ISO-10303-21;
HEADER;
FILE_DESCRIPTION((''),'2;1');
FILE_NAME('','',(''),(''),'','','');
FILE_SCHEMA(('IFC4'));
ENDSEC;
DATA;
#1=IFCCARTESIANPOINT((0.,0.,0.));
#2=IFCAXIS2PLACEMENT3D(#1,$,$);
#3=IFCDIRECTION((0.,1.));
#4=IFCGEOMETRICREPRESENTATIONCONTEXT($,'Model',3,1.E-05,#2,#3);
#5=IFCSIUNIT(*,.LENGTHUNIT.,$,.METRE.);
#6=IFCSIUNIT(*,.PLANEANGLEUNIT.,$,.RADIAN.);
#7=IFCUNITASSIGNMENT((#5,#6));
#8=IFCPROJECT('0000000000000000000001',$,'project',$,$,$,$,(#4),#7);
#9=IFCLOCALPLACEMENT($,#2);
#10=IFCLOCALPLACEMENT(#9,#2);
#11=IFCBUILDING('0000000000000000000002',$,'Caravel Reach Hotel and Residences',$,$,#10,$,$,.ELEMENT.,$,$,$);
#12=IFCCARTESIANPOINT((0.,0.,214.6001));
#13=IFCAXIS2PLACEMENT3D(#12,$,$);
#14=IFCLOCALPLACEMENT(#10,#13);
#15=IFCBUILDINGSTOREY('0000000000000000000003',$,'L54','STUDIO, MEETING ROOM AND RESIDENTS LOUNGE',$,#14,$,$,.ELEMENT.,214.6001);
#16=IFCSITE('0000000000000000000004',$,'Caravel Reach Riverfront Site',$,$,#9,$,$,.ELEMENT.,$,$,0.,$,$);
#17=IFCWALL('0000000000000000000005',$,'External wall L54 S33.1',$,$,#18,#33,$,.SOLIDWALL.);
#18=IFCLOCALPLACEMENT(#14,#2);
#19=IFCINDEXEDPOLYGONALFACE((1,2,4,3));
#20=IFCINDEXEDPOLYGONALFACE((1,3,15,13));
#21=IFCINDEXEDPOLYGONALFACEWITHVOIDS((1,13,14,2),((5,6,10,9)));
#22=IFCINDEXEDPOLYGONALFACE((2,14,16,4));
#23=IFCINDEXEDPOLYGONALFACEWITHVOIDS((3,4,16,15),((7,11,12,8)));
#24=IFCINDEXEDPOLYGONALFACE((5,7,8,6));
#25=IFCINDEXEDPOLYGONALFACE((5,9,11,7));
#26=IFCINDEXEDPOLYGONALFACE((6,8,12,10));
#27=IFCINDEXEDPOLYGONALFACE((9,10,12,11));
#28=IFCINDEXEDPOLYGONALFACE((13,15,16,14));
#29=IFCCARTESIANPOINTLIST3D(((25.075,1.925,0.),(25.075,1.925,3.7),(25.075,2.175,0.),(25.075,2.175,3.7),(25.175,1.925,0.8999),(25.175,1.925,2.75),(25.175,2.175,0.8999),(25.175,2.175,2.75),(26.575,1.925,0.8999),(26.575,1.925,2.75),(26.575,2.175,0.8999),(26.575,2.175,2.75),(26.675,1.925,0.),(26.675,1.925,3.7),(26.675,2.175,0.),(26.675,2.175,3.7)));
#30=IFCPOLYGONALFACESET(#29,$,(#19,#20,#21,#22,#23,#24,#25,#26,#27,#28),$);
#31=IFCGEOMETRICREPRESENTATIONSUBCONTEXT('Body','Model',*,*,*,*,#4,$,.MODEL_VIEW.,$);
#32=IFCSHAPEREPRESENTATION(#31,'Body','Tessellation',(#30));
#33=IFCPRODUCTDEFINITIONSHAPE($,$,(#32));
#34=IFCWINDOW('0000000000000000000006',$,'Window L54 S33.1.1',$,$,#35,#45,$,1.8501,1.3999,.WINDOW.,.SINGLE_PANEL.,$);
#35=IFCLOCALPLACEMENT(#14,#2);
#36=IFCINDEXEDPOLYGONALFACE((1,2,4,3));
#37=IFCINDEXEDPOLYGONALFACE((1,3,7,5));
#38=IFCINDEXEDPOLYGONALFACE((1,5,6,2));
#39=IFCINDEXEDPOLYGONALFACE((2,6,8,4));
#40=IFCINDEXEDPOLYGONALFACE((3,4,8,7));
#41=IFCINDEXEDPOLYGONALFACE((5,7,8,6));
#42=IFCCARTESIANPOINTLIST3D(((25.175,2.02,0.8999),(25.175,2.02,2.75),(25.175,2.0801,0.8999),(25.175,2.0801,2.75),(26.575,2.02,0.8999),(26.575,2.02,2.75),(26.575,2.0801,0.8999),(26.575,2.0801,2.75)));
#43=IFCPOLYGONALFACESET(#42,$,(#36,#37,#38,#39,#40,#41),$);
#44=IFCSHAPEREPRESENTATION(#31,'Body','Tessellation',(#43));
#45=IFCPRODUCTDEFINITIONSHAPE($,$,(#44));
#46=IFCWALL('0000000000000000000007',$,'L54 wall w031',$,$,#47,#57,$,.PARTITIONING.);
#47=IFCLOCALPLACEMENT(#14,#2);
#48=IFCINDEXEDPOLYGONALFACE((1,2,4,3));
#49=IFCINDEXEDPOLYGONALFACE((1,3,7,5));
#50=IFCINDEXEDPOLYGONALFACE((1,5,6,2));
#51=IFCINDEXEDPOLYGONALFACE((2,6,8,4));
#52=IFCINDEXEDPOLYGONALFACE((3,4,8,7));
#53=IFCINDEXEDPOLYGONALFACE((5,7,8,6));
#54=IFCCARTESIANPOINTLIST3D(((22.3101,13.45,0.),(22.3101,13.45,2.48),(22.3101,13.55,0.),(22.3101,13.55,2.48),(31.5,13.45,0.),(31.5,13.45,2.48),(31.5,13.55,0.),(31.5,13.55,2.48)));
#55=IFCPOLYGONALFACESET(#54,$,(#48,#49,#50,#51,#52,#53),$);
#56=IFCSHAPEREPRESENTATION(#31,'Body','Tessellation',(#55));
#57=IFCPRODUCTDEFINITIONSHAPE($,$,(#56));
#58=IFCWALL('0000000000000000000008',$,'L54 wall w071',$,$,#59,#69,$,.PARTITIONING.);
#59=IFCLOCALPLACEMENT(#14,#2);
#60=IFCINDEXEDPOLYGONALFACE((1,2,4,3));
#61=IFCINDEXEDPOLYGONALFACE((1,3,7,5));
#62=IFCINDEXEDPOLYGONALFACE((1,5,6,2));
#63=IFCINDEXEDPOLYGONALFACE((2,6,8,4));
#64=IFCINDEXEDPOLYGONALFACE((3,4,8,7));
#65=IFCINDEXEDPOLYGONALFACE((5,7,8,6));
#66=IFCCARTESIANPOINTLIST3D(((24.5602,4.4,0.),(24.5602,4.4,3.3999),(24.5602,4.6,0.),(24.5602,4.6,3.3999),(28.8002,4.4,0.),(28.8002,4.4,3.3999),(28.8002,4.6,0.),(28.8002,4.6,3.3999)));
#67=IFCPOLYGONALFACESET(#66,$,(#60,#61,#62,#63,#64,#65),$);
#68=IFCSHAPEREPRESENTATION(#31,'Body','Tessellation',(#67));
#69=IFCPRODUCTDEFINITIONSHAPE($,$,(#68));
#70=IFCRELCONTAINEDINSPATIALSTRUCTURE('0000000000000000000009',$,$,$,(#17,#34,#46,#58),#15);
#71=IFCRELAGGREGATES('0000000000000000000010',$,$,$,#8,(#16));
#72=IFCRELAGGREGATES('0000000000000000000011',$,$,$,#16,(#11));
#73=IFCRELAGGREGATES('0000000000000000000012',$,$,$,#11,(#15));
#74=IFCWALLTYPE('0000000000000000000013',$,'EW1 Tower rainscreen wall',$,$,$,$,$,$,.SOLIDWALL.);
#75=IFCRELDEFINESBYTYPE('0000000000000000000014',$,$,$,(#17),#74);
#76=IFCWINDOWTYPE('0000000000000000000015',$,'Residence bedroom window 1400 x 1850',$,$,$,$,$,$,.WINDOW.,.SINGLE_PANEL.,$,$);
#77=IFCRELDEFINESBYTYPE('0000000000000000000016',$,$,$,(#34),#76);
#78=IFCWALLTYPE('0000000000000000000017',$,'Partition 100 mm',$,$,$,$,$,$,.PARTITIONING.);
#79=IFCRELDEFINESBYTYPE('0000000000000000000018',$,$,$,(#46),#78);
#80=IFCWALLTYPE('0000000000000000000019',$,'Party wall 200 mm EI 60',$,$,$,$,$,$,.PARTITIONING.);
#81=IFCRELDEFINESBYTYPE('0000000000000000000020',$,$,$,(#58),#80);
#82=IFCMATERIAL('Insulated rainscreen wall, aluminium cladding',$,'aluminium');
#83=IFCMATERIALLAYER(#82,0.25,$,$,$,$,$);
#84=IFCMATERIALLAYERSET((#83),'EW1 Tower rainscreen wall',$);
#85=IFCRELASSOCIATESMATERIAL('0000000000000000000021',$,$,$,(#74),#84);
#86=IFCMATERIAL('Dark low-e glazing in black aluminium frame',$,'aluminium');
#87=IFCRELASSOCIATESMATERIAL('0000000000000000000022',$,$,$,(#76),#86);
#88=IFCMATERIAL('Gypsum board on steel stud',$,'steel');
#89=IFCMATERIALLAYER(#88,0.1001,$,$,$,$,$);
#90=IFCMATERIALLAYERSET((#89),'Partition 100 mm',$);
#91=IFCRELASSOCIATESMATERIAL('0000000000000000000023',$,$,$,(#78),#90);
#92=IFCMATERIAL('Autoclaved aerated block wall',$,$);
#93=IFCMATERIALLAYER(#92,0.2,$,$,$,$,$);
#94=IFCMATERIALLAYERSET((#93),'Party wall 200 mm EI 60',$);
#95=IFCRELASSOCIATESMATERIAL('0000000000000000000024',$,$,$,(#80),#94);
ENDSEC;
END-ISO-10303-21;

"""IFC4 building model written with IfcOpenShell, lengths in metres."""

from ifc_helpers import new_model, si_unit, direction, frame, frame_2d, origin, place, context, subcontext, project, spatial, rectangle, extrude, material, layer, layer_set, type_object, element, fill, save


model = new_model("IFC4")

# Units and contexts
model_context = context("Model", 3, precision=1e-05, world=origin(), true_north=direction((0.0, 1.0)))
body_context = subcontext(model_context, "Body", "Model", "MODEL_VIEW")
ifc_project = project(units=[si_unit("LENGTHUNIT", "METRE"), si_unit("PLANEANGLEUNIT", "RADIAN")], contexts=[model_context])

# Site, building, storey
site_placement = place(None, origin())
site = spatial("IfcSite", under=ifc_project, at=site_placement, Name="Caravel Reach Riverfront Site", CompositionType="ELEMENT", RefElevation=0.0)
building_placement = place(site_placement, origin())
building = spatial("IfcBuilding", under=site, at=building_placement, Name="Caravel Reach Hotel and Residences", CompositionType="ELEMENT")
storey_placement = place(building_placement, frame((0.0, 0.0, 214.6001)))
storey = spatial("IfcBuildingStorey", under=building, at=storey_placement, Name="L54", Description="STUDIO, MEETING ROOM AND RESIDENTS LOUNGE", CompositionType="ELEMENT", Elevation=214.6001)

# Shared definitions
ifc_material_1 = material(Name="Insulated rainscreen wall, aluminium cladding", Category="aluminium")
ifc_layer_1 = layer(ifc_material_1, 0.25)
ifc_layer_set_1 = layer_set([ifc_layer_1], Name="EW1 Tower rainscreen wall")
wall_type_1 = type_object("IfcWallType", Name="EW1 Tower rainscreen wall", PredefinedType="SOLIDWALL", material=ifc_layer_set_1)

# Wall, opening, window
ifc_material_2 = material(Name="Dark low-e glazing in black aluminium frame", Category="aluminium")
window_type_1 = type_object("IfcWindowType", Name="Residence bedroom window 1400 x 1850", PartitioningType="SINGLE_PANEL", PredefinedType="WINDOW", material=ifc_material_2)
wall_1_placement = place(storey_placement, frame((25.075, 2.05, 0.0), z_axis=(0.0, 0.0, 1.0), x_axis=(1.0, 0.0, 0.0)))
wall_1 = element("IfcWall", 1, at=wall_1_placement, inside=storey, type_object=wall_type_1, Name="External wall L54 S33.1", PredefinedType="SOLIDWALL", context=body_context, shape_type="SweptSolid", body=[
    extrude(rectangle(XDim=1.6001, YDim=0.25, at=frame_2d((0.8, 0.0))), origin(), (0.0, 0.0, 1.0), 3.7),
])
opening_1_placement = place(wall_1_placement, frame((0.1001, 0.0, 0.8999)))
opening_1 = element("IfcOpeningElement", 2, at=opening_1_placement, cuts=wall_1, PredefinedType="OPENING", context=body_context, shape_type="SweptSolid", body=[
    extrude(rectangle(XDim=1.3999, YDim=1.8501, at=frame_2d((0.7, 0.925))), frame((0.0, 0.135, 0.0), z_axis=(0.0, -1.0, 0.0), x_axis=(1.0, 0.0, 0.0)), (0.0, 0.0, 1.0), 0.27),
])
window_1_placement = place(opening_1_placement, origin())
window_1 = element("IfcWindow", 3, at=window_1_placement, inside=storey, type_object=window_type_1, Name="Window L54 S33.1.1", OverallHeight=1.8501, OverallWidth=1.3999, PartitioningType="SINGLE_PANEL", PredefinedType="WINDOW", context=body_context, shape_type="SweptSolid", body=[
    extrude(rectangle(XDim=1.3999, YDim=1.8501, at=frame_2d((0.7, 0.925))), frame((0.0, 0.03, 0.0), z_axis=(0.0, -1.0, 0.0), x_axis=(1.0, 0.0, 0.0)), (0.0, 0.0, 1.0), 0.0601),
])
fill(opening_1, window_1)

# Walls
ifc_material_3 = material(Name="Gypsum board on steel stud", Category="steel")
ifc_layer_2 = layer(ifc_material_3, 0.1001)
ifc_layer_set_2 = layer_set([ifc_layer_2], Name="Partition 100 mm")
wall_type_2 = type_object("IfcWallType", Name="Partition 100 mm", PredefinedType="PARTITIONING", material=ifc_layer_set_2)
wall_2_placement = place(storey_placement, frame((22.3101, 13.5, 0.0), z_axis=(0.0, 0.0, 1.0), x_axis=(1.0, 0.0, 0.0)))
element("IfcWall", 4, at=wall_2_placement, inside=storey, type_object=wall_type_2, Name="L54 wall w031", PredefinedType="PARTITIONING", context=body_context, shape_type="SweptSolid", body=[
    extrude(rectangle(XDim=9.1899, YDim=0.1001, at=frame_2d((4.595, 0.0))), origin(), (0.0, 0.0, 1.0), 2.48),
])
ifc_material_4 = material(Name="Autoclaved aerated block wall")
ifc_layer_3 = layer(ifc_material_4, 0.2)
ifc_layer_set_3 = layer_set([ifc_layer_3], Name="Party wall 200 mm EI 60")
wall_type_3 = type_object("IfcWallType", Name="Party wall 200 mm EI 60", PredefinedType="PARTITIONING", material=ifc_layer_set_3)
wall_3_placement = place(storey_placement, frame((24.5601, 4.5, 0.0), z_axis=(0.0, 0.0, 1.0), x_axis=(1.0, 0.0, 0.0)))
element("IfcWall", 5, at=wall_3_placement, inside=storey, type_object=wall_type_3, Name="L54 wall w071", PredefinedType="PARTITIONING", context=body_context, shape_type="SweptSolid", body=[
    extrude(rectangle(XDim=4.24, YDim=0.2, at=frame_2d((2.1201, 0.0))), origin(), (0.0, 0.0, 1.0), 3.3999),
])

save(model, "model.ifc")
